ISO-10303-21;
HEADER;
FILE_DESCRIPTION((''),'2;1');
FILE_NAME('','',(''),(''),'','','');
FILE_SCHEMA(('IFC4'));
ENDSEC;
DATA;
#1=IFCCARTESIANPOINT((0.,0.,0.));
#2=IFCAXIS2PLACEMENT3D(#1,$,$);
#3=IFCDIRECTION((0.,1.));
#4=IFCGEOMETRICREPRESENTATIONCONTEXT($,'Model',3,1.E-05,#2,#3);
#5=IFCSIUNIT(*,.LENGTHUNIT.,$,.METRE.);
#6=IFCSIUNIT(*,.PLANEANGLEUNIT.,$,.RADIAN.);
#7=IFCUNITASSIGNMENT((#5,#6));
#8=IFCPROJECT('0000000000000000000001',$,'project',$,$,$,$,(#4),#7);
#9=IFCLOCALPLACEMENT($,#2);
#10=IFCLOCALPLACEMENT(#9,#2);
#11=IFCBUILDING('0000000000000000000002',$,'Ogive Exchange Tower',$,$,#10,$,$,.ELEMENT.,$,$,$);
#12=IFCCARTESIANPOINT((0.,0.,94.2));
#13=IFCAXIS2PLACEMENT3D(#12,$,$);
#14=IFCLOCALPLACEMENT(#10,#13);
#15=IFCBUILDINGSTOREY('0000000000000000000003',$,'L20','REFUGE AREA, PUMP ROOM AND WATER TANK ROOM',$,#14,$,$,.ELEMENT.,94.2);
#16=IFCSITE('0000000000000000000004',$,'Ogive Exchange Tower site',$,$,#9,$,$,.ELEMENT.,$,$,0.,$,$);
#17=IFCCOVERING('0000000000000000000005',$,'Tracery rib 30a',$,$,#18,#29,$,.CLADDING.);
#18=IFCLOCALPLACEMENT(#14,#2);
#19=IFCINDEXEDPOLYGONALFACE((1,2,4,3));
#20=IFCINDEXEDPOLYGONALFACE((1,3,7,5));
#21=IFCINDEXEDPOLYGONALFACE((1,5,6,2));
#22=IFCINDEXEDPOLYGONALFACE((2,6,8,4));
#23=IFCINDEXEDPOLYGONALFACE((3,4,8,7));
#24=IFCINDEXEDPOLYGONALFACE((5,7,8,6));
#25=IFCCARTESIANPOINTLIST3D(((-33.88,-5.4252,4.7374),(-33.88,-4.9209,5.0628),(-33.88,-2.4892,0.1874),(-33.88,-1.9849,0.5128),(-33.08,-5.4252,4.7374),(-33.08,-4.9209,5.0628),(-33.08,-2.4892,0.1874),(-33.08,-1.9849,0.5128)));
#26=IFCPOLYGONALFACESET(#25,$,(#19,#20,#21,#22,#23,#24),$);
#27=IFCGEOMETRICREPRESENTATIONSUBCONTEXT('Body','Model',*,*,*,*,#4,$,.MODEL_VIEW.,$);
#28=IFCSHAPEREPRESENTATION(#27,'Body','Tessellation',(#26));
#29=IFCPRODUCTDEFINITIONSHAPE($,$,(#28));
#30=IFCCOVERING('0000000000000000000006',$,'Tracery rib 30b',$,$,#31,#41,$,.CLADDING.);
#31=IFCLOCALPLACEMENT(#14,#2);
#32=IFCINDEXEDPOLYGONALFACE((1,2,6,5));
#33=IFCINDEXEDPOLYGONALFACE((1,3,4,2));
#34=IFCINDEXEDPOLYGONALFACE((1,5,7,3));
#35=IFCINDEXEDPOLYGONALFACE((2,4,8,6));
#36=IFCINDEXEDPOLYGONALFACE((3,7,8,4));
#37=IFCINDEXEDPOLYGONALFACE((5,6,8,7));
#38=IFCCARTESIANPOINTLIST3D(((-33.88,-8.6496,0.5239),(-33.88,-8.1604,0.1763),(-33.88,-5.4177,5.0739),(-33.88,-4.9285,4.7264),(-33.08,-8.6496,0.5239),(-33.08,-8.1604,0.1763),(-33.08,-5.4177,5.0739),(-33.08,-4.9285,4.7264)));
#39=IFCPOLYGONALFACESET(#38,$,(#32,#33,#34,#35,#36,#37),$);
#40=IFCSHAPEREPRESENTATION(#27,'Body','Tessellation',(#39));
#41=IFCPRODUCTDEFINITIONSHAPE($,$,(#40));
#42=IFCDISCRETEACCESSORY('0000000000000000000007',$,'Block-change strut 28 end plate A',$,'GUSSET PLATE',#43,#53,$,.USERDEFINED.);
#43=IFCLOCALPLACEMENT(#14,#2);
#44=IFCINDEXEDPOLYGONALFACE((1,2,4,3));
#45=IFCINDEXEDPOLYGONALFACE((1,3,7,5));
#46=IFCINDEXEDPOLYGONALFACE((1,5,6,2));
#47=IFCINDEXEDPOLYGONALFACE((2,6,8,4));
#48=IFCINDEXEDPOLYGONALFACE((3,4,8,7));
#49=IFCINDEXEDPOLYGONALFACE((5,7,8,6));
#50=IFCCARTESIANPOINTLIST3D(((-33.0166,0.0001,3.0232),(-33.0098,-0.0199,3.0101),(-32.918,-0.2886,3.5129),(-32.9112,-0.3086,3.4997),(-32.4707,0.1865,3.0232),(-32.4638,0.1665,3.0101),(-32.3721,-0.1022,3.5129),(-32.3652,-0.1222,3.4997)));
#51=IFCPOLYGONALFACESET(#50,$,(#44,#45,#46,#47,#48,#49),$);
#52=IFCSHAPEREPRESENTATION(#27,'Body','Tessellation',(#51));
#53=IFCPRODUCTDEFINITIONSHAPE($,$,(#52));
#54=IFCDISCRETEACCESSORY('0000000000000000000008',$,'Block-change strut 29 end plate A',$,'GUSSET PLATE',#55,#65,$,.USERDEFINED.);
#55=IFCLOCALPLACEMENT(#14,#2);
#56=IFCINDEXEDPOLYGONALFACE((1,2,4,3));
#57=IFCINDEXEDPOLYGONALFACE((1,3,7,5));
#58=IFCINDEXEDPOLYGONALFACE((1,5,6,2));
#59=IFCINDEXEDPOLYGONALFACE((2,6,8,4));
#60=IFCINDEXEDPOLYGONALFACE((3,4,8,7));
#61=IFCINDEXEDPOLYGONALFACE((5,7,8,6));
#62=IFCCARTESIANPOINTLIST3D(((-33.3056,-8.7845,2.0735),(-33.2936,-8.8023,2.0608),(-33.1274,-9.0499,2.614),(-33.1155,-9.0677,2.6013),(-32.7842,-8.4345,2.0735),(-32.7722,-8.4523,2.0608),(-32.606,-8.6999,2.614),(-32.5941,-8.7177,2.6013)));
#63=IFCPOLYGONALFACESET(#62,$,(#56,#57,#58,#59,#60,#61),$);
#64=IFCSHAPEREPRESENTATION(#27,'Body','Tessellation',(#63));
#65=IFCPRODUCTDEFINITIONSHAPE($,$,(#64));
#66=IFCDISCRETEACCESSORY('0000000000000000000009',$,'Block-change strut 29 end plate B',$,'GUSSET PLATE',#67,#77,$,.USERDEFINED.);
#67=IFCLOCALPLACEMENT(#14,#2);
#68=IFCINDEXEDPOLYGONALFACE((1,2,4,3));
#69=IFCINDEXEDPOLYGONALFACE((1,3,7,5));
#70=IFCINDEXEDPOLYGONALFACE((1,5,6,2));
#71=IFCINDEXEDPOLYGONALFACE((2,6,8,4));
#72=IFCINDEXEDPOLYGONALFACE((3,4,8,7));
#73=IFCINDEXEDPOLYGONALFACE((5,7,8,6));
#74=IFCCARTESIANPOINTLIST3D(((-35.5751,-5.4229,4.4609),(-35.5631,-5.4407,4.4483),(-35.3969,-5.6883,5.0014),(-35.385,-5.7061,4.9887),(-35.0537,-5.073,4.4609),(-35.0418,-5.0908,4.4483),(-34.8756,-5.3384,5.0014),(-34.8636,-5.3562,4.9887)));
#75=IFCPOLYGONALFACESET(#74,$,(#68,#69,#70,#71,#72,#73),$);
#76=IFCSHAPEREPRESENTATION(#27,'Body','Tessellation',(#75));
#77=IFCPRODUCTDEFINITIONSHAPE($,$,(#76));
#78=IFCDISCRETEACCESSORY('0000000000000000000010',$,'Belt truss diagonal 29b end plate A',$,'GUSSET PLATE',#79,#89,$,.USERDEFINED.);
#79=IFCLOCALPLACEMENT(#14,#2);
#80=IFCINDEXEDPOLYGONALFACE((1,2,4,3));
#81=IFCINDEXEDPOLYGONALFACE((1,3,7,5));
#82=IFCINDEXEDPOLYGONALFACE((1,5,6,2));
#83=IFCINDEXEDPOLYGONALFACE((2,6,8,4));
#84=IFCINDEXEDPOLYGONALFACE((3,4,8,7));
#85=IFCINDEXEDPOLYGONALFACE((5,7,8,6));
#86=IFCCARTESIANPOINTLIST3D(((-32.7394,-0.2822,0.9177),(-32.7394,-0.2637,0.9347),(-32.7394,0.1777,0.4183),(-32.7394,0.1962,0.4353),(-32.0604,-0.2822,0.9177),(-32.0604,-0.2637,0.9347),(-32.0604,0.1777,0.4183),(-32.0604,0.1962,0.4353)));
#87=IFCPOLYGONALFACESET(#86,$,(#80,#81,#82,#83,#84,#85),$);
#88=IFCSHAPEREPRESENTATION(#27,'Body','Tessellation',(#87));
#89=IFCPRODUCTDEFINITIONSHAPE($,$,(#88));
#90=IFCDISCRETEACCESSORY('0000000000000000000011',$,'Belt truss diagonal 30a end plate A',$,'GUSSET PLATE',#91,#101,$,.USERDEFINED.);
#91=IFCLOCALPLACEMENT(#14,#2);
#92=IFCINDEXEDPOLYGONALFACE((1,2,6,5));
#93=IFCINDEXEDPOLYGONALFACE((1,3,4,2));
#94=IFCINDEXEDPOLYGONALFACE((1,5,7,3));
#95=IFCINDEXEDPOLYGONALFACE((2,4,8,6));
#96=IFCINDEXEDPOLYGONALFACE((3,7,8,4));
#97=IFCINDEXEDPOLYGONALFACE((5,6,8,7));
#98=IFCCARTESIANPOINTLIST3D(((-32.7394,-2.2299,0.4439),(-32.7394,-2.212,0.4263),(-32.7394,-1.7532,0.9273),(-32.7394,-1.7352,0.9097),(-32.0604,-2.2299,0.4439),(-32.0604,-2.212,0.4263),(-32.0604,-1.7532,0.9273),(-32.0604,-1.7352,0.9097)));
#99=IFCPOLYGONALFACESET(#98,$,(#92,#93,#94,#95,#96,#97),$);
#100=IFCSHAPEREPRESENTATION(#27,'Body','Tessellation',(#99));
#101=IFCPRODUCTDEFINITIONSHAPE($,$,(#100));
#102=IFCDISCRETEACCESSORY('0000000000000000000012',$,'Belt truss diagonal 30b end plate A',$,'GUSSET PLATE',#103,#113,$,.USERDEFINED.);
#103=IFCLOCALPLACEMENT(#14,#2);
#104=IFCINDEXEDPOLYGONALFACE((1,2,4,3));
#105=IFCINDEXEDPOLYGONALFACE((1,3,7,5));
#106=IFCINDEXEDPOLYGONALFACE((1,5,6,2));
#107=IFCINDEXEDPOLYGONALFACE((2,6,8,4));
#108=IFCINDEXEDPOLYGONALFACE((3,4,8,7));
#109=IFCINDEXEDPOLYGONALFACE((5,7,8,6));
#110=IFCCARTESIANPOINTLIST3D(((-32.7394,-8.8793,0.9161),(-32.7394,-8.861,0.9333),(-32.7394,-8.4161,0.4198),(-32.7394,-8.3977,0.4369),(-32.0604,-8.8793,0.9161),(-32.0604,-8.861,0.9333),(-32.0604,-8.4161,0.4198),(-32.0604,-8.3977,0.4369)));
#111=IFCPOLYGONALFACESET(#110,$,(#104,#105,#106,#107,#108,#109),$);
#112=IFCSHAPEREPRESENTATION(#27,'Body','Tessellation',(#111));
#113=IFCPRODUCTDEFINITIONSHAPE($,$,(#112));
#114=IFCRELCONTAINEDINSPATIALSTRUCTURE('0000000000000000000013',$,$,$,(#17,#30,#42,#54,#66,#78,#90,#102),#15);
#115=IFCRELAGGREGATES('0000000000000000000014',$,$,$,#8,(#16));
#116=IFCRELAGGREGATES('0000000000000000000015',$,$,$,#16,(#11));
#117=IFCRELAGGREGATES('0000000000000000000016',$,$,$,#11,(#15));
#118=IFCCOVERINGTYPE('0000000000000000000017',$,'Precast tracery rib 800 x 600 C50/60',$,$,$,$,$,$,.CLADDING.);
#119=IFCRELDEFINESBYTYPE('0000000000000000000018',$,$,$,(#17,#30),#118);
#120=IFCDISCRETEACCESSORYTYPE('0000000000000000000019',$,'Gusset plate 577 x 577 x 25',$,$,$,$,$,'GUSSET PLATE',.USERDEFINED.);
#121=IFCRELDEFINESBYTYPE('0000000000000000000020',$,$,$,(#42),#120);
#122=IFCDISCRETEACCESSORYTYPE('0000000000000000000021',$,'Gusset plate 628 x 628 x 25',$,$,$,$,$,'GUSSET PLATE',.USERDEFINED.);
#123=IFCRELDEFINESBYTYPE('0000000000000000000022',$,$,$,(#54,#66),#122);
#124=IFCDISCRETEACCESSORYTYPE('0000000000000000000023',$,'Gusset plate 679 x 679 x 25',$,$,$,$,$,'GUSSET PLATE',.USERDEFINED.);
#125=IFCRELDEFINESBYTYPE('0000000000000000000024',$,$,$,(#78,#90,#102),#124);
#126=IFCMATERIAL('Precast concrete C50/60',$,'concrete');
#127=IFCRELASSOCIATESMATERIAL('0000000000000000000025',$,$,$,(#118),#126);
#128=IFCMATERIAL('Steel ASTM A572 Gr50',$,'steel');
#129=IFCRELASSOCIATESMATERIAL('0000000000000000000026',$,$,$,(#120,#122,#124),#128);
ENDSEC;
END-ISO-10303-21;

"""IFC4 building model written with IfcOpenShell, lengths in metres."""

from ifc_helpers import new_model, si_unit, direction, frame, origin, origin_2d, place, context, subcontext, project, spatial, rectangle, extrude, material, material_profile, profile_set, type_object, element, save


model = new_model("IFC4")

# Units and contexts
model_context = context("Model", 3, precision=1e-05, world=origin(), true_north=direction((0.0, 1.0)))
body_context = subcontext(model_context, "Body", "Model", "MODEL_VIEW")
ifc_project = project(units=[si_unit("LENGTHUNIT", "METRE"), si_unit("PLANEANGLEUNIT", "RADIAN")], contexts=[model_context])

# Site, building, storey
site_placement = place(None, origin())
site = spatial("IfcSite", under=ifc_project, at=site_placement, Name="Ogive Exchange Tower site", CompositionType="ELEMENT", RefElevation=0.0)
building_placement = place(site_placement, origin())
building = spatial("IfcBuilding", under=site, at=building_placement, Name="Ogive Exchange Tower", CompositionType="ELEMENT")
storey_placement = place(building_placement, frame((0.0, 0.0, 94.2)))
storey = spatial("IfcBuildingStorey", under=building, at=storey_placement, Name="L20", Description="REFUGE AREA, PUMP ROOM AND WATER TANK ROOM", CompositionType="ELEMENT", Elevation=94.2)

# Coverings
ifc_material_1 = material(Name="Precast concrete C50/60", Category="concrete")
ifc_material_profile_1 = material_profile(ifc_material_1, rectangle(XDim=0.8, YDim=0.6001, at=origin_2d()), Name="RIB 800 x 600")
ifc_profile_set_1 = profile_set([ifc_material_profile_1], Name="Precast concrete C50/60")
covering_type = type_object("IfcCoveringType", Name="Precast tracery rib 800 x 600 C50/60", PredefinedType="CLADDING", material=ifc_profile_set_1)
covering_1_placement = place(storey_placement, frame((-33.48, -2.2371, 0.3501), z_axis=(0.0, -0.542195, 0.840253), x_axis=(1.0, 0.0, 0.0)))
element("IfcCovering", 1, at=covering_1_placement, inside=storey, type_object=covering_type, Name="Tracery rib 30a", PredefinedType="CLADDING", context=body_context, shape_type="SweptSolid", body=[
    extrude(rectangle(XDim=0.8, YDim=0.6001, at=origin_2d()), origin(), (0.0, 0.0, 1.0), 5.415),
])
covering_2_placement = place(storey_placement, frame((-33.48, -8.405, 0.3501), z_axis=(0.0, 0.579089, 0.815265), x_axis=(-1.0, 0.0, 0.0)))
element("IfcCovering", 2, at=covering_2_placement, inside=storey, type_object=covering_type, Name="Tracery rib 30b", PredefinedType="CLADDING", context=body_context, shape_type="SweptSolid", body=[
    extrude(rectangle(XDim=0.8, YDim=0.6001, at=origin_2d()), origin(), (0.0, 0.0, 1.0), 5.5811),
])

# Discrete accessories
ifc_material_2 = material(Name="Steel ASTM A572 Gr50", Category="steel")
ifc_material_profile_2 = material_profile(ifc_material_2, rectangle(XDim=0.5769, YDim=0.5769, at=origin_2d()), Name="PL 577 x 577 x 25")
ifc_profile_set_2 = profile_set([ifc_material_profile_2], Name="Steel ASTM A572 Gr50")
discrete_accessory_type_1 = type_object("IfcDiscreteAccessoryType", Name="Gusset plate 577 x 577 x 25", ElementType="GUSSET PLATE", PredefinedType="USERDEFINED", material=ifc_profile_set_2)
discrete_accessory_placement = place(storey_placement, frame((-32.6875, -0.071, 3.2549), z_axis=(-0.274246, 0.80315, 0.528904), x_axis=(-0.94635, -0.323144, 0.0)))
element("IfcDiscreteAccessory", 3, at=discrete_accessory_placement, inside=storey, type_object=discrete_accessory_type_1, Name="Block-change strut 28 end plate A", ObjectType="GUSSET PLATE", PredefinedType="USERDEFINED", context=body_context, shape_type="SweptSolid", body=[
    extrude(rectangle(XDim=0.5769, YDim=0.5769, at=origin_2d()), origin(), (0.0, 0.0, 1.0), 0.0249),
])
ifc_material_profile_3 = material_profile(ifc_material_2, rectangle(XDim=0.6279, YDim=0.6279, at=origin_2d()), Name="PL 628 x 628 x 25")
ifc_profile_set_3 = profile_set([ifc_material_profile_3], Name="Steel ASTM A572 Gr50")
discrete_accessory_type_2 = type_object("IfcDiscreteAccessoryType", Name="Gusset plate 628 x 628 x 25", ElementType="GUSSET PLATE", PredefinedType="USERDEFINED", material=ifc_profile_set_3)
for number, where, z_axis, x_axis, name in (
    (4, (-32.9438, -8.76, 2.3311), (-0.479701, 0.714657, 0.50907), (-0.830296, -0.557322, 0.0), "Block-change strut 29 end plate A"),
    (5, (-35.2134, -5.3984, 4.7185), (-0.479701, 0.714657, 0.50907), (-0.830296, -0.557322, 0.0), "Block-change strut 29 end plate B"),
):
    element("IfcDiscreteAccessory", number, at=place(storey_placement, frame(where, z_axis=z_axis, x_axis=x_axis)), inside=storey, type_object=discrete_accessory_type_2, Name=name, ObjectType="GUSSET PLATE", PredefinedType="USERDEFINED", context=body_context, shape_type="SweptSolid", body=[
        extrude(rectangle(XDim=0.6279, YDim=0.6279, at=origin_2d()), origin(), (0.0, 0.0, 1.0), 0.0249),
    ])
ifc_material_profile_4 = material_profile(ifc_material_2, rectangle(XDim=0.679, YDim=0.679, at=origin_2d()), Name="PL 679 x 679 x 25")
ifc_profile_set_4 = profile_set([ifc_material_profile_4], Name="Steel ASTM A572 Gr50")
discrete_accessory_type_3 = type_object("IfcDiscreteAccessoryType", Name="Gusset plate 679 x 679 x 25", ElementType="GUSSET PLATE", PredefinedType="USERDEFINED", material=ifc_profile_set_4)
for number, where, z_axis, x_axis, name in (
    (6, (-32.3999, -0.0522, 0.668), (0.0, 0.735545, 0.677476), (-1.0, 0.0, 0.0), "Belt truss diagonal 29b end plate A"),
    (7, (-32.3999, -1.9736, 0.668), (0.0, -0.711966, 0.702213), (1.0, 0.0, 0.0), "Belt truss diagonal 30a end plate A"),
    (8, (-32.3999, -8.6477, 0.668), (0.0, 0.731055, 0.682318), (-1.0, 0.0, 0.0), "Belt truss diagonal 30b end plate A"),
):
    element("IfcDiscreteAccessory", number, at=place(storey_placement, frame(where, z_axis=z_axis, x_axis=x_axis)), inside=storey, type_object=discrete_accessory_type_3, Name=name, ObjectType="GUSSET PLATE", PredefinedType="USERDEFINED", context=body_context, shape_type="SweptSolid", body=[
        extrude(rectangle(XDim=0.679, YDim=0.679, at=origin_2d()), origin(), (0.0, 0.0, 1.0), 0.0251),
    ])

save(model, "model.ifc")
